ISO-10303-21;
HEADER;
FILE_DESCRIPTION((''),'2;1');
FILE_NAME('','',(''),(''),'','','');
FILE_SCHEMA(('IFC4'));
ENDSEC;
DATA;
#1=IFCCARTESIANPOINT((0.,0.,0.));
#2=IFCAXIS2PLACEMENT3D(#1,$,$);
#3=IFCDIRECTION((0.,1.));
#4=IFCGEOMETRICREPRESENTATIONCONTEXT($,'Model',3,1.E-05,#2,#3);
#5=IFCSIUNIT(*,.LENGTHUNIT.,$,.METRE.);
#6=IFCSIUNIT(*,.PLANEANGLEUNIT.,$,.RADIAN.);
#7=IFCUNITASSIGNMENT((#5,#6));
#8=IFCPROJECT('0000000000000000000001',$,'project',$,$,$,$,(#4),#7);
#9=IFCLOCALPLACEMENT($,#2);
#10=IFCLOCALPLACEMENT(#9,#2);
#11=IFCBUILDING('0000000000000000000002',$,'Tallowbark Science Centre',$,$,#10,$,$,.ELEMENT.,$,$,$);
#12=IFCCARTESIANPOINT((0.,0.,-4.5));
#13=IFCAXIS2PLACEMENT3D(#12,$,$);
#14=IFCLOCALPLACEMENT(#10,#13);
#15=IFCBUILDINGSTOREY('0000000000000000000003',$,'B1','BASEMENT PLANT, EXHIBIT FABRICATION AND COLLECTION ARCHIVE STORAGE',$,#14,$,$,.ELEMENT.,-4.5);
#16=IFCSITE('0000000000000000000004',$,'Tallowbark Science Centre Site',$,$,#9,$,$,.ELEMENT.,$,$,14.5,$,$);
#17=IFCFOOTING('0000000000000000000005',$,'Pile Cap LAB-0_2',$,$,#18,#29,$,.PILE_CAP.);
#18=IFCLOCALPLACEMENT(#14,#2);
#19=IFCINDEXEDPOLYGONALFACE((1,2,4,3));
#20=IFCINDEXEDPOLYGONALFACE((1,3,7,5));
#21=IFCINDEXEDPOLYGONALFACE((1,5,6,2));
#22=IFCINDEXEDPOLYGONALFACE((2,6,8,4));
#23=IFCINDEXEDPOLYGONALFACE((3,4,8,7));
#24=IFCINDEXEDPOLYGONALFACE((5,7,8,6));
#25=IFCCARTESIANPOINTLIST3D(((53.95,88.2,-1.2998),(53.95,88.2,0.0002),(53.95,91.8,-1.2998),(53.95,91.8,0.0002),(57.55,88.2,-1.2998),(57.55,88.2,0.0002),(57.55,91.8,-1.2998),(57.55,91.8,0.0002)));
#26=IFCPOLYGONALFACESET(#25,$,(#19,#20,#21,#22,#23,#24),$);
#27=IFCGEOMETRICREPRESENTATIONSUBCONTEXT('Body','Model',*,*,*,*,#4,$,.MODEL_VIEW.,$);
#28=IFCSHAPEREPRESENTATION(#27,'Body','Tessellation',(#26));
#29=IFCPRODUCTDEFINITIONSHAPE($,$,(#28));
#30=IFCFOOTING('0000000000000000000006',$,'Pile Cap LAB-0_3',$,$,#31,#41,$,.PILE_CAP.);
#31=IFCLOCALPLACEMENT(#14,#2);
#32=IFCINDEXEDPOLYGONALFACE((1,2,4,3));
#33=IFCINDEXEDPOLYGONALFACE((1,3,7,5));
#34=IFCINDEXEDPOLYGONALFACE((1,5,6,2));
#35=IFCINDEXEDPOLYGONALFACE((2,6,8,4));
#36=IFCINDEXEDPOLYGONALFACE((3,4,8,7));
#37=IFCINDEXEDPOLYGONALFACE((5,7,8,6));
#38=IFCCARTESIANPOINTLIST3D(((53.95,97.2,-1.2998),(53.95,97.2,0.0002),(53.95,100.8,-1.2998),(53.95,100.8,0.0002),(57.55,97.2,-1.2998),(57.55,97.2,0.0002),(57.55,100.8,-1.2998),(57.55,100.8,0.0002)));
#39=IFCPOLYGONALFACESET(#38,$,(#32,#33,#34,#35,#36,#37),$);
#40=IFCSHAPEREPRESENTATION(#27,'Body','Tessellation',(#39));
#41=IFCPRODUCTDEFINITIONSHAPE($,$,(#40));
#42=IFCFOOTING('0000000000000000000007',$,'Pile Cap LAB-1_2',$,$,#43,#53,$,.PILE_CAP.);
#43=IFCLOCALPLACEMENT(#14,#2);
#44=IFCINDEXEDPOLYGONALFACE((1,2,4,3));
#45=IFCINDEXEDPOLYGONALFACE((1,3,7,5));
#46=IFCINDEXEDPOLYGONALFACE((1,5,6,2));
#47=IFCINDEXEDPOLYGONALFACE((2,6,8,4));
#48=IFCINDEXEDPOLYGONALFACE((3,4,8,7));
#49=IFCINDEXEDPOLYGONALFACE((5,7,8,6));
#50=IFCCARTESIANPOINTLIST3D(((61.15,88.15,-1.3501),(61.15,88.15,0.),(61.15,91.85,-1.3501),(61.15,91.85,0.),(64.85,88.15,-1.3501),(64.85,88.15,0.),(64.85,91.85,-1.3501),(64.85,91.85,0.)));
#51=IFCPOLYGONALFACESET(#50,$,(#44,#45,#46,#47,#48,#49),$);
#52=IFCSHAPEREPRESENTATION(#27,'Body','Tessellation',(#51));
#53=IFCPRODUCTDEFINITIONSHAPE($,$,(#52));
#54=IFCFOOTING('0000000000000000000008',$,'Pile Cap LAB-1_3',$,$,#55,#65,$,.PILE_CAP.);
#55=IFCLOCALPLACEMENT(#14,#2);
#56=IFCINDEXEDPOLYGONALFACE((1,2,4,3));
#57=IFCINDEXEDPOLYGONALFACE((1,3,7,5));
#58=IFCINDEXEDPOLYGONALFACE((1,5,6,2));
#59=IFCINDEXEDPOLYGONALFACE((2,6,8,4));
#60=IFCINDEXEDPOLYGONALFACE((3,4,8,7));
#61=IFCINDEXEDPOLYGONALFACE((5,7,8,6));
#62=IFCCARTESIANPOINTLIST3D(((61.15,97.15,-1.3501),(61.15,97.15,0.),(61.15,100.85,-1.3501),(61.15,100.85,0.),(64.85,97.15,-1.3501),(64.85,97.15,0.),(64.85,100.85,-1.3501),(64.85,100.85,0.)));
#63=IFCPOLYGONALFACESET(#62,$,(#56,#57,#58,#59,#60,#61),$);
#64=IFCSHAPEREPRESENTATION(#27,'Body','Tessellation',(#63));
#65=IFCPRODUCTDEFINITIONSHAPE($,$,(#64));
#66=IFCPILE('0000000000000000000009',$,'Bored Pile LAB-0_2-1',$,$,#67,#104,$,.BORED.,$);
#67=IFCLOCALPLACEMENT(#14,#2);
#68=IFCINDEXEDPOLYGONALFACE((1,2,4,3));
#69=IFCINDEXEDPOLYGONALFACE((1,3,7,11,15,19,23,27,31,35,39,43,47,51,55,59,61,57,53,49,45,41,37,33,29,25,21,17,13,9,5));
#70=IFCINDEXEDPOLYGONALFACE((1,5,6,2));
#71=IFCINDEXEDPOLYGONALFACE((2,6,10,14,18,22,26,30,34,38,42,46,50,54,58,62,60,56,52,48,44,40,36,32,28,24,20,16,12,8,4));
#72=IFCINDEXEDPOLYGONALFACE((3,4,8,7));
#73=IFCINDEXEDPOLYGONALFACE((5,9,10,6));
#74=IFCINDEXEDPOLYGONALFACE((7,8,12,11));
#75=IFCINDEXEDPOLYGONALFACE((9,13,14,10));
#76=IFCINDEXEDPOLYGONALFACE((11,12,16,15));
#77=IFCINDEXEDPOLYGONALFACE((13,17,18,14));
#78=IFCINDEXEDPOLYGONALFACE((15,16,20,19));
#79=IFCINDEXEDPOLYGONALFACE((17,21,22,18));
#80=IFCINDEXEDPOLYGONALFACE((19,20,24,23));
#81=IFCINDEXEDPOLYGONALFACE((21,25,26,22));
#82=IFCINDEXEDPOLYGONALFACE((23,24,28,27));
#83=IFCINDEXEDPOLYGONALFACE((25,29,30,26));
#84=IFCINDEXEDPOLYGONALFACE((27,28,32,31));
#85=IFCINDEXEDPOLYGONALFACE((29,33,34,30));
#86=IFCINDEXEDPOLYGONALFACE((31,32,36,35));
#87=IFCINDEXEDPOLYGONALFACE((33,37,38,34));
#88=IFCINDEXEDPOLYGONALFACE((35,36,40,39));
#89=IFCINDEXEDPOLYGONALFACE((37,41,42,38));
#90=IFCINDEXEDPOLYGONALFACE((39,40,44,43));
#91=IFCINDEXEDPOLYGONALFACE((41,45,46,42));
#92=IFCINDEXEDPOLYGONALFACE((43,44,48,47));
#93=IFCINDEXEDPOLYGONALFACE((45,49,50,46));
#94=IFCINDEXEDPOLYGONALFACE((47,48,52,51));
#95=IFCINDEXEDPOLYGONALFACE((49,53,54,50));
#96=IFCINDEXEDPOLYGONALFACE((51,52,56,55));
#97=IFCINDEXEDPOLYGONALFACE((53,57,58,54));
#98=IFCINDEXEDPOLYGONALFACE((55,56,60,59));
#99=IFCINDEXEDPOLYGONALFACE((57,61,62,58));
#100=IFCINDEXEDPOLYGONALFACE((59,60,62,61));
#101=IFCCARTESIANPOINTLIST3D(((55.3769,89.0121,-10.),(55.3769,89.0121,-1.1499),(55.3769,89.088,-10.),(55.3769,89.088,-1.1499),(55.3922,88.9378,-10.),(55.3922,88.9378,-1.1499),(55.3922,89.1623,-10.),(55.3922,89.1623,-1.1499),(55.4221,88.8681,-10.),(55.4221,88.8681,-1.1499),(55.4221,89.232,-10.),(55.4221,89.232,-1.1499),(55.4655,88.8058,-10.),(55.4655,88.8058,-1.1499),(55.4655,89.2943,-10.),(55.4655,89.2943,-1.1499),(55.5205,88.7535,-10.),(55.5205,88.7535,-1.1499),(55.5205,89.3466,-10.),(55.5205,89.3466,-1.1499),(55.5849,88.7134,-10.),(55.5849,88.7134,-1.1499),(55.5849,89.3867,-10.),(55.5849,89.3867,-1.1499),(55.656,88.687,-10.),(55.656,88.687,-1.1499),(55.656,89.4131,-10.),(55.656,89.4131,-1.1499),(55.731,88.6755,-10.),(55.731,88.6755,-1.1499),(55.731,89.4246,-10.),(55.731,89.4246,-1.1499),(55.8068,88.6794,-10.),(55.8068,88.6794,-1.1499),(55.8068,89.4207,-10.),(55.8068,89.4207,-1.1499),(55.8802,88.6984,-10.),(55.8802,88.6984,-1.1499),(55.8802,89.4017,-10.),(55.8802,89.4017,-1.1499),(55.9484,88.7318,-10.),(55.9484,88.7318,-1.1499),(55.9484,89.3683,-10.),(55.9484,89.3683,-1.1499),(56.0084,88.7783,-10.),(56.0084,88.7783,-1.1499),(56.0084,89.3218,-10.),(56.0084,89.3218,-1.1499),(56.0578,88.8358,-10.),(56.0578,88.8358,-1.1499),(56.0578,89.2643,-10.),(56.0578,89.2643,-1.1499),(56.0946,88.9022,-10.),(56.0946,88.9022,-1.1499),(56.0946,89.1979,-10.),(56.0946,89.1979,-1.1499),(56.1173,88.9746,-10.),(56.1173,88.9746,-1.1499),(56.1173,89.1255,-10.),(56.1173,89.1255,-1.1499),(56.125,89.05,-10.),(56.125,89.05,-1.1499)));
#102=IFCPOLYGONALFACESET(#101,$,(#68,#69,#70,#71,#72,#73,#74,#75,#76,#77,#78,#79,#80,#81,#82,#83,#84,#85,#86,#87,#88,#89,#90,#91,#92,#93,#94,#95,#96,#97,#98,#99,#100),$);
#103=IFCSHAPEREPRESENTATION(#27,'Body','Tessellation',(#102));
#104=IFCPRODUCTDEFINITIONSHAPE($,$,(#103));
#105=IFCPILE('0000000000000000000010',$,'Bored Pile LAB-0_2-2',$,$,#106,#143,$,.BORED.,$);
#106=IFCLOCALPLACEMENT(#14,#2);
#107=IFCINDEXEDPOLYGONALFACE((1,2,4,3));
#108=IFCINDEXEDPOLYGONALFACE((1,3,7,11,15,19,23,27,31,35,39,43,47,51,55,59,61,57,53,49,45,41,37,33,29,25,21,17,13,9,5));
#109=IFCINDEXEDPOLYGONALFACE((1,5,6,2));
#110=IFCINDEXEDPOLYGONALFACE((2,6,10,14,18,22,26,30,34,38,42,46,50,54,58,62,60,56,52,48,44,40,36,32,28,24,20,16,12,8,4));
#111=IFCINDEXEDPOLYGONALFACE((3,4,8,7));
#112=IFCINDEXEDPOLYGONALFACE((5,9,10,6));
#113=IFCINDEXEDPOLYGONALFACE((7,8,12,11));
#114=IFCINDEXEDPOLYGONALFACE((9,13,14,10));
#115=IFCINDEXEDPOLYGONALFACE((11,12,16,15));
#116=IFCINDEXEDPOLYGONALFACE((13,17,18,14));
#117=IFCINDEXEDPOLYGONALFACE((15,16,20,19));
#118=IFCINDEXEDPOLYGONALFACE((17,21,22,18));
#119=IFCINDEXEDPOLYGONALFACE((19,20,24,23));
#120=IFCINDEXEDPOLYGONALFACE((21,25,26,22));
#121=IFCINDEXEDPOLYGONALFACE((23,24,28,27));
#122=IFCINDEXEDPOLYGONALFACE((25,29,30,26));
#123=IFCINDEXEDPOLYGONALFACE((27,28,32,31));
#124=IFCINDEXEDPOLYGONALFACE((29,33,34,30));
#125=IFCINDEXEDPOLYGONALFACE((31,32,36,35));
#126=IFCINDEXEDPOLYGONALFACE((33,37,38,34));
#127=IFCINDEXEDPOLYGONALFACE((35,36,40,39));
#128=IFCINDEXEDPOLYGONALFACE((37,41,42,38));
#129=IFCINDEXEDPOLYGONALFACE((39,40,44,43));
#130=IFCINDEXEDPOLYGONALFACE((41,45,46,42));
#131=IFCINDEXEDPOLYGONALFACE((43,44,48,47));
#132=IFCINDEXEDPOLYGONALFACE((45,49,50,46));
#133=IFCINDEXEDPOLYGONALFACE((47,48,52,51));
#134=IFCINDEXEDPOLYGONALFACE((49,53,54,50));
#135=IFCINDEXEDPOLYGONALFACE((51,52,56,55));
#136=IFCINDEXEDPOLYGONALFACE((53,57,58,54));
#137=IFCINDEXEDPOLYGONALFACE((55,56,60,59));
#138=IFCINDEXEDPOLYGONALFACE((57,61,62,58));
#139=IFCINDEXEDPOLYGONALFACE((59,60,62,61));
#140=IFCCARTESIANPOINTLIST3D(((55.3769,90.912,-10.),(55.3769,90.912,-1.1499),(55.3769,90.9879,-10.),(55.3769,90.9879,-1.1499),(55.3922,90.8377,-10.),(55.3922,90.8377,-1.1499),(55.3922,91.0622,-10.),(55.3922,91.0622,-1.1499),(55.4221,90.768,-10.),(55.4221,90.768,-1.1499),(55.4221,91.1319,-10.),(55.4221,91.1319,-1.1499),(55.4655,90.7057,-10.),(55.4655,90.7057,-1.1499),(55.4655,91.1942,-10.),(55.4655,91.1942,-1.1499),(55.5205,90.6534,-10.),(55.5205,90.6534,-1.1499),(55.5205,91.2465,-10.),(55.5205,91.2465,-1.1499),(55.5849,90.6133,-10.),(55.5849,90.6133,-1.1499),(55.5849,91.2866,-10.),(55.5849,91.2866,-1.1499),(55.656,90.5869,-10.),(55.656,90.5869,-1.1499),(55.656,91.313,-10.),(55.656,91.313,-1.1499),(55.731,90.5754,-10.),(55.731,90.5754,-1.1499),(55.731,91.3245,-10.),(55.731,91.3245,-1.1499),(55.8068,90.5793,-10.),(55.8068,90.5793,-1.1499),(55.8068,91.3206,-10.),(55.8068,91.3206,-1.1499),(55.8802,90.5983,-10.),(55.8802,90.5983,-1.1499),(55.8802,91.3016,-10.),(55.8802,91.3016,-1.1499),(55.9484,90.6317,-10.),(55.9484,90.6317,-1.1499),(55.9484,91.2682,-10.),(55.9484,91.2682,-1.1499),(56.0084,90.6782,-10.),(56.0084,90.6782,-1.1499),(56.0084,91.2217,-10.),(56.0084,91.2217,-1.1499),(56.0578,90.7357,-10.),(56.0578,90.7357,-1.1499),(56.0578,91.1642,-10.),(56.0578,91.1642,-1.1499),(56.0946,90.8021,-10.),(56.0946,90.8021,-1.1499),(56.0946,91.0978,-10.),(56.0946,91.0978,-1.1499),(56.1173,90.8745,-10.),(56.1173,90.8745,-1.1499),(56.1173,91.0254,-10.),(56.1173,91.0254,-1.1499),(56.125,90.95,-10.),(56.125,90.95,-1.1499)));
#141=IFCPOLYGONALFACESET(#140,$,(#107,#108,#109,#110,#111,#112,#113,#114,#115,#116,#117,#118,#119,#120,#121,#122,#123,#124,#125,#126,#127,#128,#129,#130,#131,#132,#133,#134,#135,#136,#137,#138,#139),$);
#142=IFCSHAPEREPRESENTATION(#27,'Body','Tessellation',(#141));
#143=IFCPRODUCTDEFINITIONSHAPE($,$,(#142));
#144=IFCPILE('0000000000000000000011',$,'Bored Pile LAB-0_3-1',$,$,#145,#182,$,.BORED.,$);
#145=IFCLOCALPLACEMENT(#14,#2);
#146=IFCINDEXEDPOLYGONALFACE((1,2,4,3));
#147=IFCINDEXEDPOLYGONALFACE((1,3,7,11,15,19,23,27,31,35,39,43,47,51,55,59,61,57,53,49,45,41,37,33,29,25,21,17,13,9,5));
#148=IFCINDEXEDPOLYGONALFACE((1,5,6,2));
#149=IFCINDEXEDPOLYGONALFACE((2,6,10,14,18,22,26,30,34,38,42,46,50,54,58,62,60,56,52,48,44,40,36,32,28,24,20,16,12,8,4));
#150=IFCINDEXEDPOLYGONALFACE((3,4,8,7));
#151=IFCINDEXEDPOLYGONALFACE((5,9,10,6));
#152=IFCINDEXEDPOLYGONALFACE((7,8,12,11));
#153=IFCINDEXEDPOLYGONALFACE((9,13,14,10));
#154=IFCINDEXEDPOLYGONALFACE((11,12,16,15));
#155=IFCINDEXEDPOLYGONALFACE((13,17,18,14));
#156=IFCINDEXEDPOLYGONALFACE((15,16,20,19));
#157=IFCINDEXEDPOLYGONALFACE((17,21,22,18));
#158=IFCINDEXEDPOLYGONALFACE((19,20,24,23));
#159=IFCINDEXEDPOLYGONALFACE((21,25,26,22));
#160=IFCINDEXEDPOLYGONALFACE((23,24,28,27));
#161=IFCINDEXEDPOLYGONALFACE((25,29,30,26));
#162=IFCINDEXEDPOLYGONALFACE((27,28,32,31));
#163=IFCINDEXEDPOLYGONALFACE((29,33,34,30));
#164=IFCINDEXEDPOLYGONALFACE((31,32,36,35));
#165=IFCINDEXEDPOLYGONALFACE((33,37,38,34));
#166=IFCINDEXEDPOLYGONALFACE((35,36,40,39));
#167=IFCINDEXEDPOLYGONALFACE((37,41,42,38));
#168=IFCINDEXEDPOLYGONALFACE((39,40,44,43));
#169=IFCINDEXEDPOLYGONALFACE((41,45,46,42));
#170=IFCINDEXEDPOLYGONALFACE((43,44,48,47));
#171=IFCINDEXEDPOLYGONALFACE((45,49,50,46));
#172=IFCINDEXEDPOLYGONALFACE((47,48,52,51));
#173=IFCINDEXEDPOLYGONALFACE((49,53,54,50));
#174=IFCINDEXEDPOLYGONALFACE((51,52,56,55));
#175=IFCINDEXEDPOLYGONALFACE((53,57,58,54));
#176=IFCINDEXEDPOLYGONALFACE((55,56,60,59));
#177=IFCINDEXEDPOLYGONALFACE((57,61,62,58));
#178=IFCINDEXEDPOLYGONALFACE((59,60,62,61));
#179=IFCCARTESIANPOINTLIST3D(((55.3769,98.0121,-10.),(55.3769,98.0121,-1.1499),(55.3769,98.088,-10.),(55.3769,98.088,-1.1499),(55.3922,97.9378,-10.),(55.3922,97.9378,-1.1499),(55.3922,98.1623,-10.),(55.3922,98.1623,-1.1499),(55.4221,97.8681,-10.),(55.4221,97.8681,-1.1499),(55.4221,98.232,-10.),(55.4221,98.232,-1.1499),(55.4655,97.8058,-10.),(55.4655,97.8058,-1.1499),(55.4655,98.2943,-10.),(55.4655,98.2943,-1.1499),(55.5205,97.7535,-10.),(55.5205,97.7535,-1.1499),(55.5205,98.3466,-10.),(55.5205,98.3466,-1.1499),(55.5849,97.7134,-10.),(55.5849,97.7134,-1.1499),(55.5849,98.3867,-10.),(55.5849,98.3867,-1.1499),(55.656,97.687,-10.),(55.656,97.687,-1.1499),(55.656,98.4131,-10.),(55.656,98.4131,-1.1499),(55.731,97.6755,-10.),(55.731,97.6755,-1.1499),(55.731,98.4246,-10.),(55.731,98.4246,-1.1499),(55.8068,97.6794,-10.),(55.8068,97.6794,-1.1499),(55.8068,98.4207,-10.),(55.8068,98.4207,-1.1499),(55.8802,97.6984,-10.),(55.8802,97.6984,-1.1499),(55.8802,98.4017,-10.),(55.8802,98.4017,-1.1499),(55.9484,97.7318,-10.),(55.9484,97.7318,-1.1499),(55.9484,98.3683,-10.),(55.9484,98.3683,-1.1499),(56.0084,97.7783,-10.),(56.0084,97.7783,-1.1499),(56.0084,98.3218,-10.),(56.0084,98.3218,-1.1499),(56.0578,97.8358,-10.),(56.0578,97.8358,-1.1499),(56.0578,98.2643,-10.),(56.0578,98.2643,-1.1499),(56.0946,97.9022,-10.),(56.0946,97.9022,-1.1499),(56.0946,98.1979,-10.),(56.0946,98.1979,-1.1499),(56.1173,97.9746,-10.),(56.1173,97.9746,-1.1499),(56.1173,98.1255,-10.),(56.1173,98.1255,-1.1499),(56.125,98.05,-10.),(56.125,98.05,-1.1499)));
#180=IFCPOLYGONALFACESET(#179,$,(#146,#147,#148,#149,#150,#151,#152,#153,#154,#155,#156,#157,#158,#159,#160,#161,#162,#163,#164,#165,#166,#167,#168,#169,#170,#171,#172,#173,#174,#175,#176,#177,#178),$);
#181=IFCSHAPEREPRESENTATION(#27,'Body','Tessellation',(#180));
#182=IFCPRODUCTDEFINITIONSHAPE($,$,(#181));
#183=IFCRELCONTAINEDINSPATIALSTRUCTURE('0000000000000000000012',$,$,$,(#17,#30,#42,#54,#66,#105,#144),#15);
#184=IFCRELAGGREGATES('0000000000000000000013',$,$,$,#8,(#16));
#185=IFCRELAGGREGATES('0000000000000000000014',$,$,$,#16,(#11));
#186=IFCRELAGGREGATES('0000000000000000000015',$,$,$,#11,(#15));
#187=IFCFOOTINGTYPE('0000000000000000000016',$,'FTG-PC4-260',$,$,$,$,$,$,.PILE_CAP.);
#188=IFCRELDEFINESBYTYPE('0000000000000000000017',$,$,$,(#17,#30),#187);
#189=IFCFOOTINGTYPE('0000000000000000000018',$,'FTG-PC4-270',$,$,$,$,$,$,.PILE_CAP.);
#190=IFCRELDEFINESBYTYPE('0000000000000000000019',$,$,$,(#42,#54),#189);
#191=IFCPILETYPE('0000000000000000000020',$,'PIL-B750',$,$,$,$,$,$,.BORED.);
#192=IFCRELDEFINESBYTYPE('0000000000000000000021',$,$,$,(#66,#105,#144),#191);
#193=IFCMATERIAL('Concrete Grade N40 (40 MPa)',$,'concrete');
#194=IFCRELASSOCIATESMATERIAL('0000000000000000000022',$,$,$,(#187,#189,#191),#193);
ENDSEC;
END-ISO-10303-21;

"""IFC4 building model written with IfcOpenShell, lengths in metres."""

from ifc_helpers import new_model, si_unit, direction, frame, origin, origin_2d, place, context, subcontext, project, spatial, rectangle, circle, extrude, material, material_profile, profile_set, type_object, element, save


model = new_model("IFC4")

# Units and contexts
model_context = context("Model", 3, precision=1e-05, world=origin(), true_north=direction((0.0, 1.0)))
body_context = subcontext(model_context, "Body", "Model", "MODEL_VIEW")
ifc_project = project(units=[si_unit("LENGTHUNIT", "METRE"), si_unit("PLANEANGLEUNIT", "RADIAN")], contexts=[model_context])

# Site, building, storey
site_placement = place(None, origin())
site = spatial("IfcSite", under=ifc_project, at=site_placement, Name="Tallowbark Science Centre Site", CompositionType="ELEMENT", RefElevation=14.5)
building_placement = place(site_placement, origin())
building = spatial("IfcBuilding", under=site, at=building_placement, Name="Tallowbark Science Centre", CompositionType="ELEMENT")
storey_placement = place(building_placement, frame((0.0, 0.0, -4.5)))
storey = spatial("IfcBuildingStorey", under=building, at=storey_placement, Name="B1", Description="BASEMENT PLANT, EXHIBIT FABRICATION AND COLLECTION ARCHIVE STORAGE", CompositionType="ELEMENT", Elevation=-4.5)

# Footings
ifc_material_1 = material(Name="Concrete Grade N40 (40 MPa)", Category="concrete")
footing_type_1 = type_object("IfcFootingType", Name="FTG-PC4-260", PredefinedType="PILE_CAP", material=ifc_material_1)
for number, where, z_axis, x_axis, name in (
    (1, (55.75, 90.0, -1.2998), (0.0, 0.0, 1.0), (1.0, 0.0, 0.0), "Pile Cap LAB-0_2"),
    (2, (55.75, 99.0, -1.2998), (0.0, 0.0, 1.0), (1.0, 0.0, 0.0), "Pile Cap LAB-0_3"),
):
    element("IfcFooting", number, at=place(storey_placement, frame(where, z_axis=z_axis, x_axis=x_axis)), inside=storey, type_object=footing_type_1, Name=name, PredefinedType="PILE_CAP", context=body_context, shape_type="SweptSolid", body=[
        extrude(rectangle(XDim=3.6001, YDim=3.6001, at=origin_2d()), origin(), (0.0, 0.0, 1.0), 1.3),
    ])
footing_type_2 = type_object("IfcFootingType", Name="FTG-PC4-270", PredefinedType="PILE_CAP", material=ifc_material_1)
for number, where, z_axis, x_axis, name in (
    (3, (63.0, 90.0, -1.3501), (0.0, 0.0, 1.0), (1.0, 0.0, 0.0), "Pile Cap LAB-1_2"),
    (4, (63.0, 99.0, -1.3501), (0.0, 0.0, 1.0), (1.0, 0.0, 0.0), "Pile Cap LAB-1_3"),
):
    element("IfcFooting", number, at=place(storey_placement, frame(where, z_axis=z_axis, x_axis=x_axis)), inside=storey, type_object=footing_type_2, Name=name, PredefinedType="PILE_CAP", context=body_context, shape_type="SweptSolid", body=[
        extrude(rectangle(XDim=3.7, YDim=3.7, at=origin_2d()), origin(), (0.0, 0.0, 1.0), 1.3501),
    ])

# Piles
ifc_material_profile_1 = material_profile(ifc_material_1, circle(Radius=0.375, at=origin_2d()), Name="PILE750")
ifc_profile_set_1 = profile_set([ifc_material_profile_1], Name="Concrete Grade N40 (40 MPa)")
pile_type_1 = type_object("IfcPileType", Name="PIL-B750", PredefinedType="BORED", material=ifc_profile_set_1)
for number, where, z_axis, x_axis, name in (
    (5, (55.75, 89.05, -1.1499), (0.0, 0.0, -1.0), (1.0, 0.0, 0.0), "Bored Pile LAB-0_2-1"),
    (6, (55.75, 90.95, -1.1499), (0.0, 0.0, -1.0), (1.0, 0.0, 0.0), "Bored Pile LAB-0_2-2"),
    (7, (55.75, 98.05, -1.1499), (0.0, 0.0, -1.0), (1.0, 0.0, 0.0), "Bored Pile LAB-0_3-1"),
):
    element("IfcPile", number, at=place(storey_placement, frame(where, z_axis=z_axis, x_axis=x_axis)), inside=storey, type_object=pile_type_1, Name=name, PredefinedType="BORED", context=body_context, shape_type="SweptSolid", body=[
        extrude(circle(Radius=0.375, at=origin_2d()), origin(), (0.0, 0.0, 1.0), 8.8501),
    ])

save(model, "model.ifc")
